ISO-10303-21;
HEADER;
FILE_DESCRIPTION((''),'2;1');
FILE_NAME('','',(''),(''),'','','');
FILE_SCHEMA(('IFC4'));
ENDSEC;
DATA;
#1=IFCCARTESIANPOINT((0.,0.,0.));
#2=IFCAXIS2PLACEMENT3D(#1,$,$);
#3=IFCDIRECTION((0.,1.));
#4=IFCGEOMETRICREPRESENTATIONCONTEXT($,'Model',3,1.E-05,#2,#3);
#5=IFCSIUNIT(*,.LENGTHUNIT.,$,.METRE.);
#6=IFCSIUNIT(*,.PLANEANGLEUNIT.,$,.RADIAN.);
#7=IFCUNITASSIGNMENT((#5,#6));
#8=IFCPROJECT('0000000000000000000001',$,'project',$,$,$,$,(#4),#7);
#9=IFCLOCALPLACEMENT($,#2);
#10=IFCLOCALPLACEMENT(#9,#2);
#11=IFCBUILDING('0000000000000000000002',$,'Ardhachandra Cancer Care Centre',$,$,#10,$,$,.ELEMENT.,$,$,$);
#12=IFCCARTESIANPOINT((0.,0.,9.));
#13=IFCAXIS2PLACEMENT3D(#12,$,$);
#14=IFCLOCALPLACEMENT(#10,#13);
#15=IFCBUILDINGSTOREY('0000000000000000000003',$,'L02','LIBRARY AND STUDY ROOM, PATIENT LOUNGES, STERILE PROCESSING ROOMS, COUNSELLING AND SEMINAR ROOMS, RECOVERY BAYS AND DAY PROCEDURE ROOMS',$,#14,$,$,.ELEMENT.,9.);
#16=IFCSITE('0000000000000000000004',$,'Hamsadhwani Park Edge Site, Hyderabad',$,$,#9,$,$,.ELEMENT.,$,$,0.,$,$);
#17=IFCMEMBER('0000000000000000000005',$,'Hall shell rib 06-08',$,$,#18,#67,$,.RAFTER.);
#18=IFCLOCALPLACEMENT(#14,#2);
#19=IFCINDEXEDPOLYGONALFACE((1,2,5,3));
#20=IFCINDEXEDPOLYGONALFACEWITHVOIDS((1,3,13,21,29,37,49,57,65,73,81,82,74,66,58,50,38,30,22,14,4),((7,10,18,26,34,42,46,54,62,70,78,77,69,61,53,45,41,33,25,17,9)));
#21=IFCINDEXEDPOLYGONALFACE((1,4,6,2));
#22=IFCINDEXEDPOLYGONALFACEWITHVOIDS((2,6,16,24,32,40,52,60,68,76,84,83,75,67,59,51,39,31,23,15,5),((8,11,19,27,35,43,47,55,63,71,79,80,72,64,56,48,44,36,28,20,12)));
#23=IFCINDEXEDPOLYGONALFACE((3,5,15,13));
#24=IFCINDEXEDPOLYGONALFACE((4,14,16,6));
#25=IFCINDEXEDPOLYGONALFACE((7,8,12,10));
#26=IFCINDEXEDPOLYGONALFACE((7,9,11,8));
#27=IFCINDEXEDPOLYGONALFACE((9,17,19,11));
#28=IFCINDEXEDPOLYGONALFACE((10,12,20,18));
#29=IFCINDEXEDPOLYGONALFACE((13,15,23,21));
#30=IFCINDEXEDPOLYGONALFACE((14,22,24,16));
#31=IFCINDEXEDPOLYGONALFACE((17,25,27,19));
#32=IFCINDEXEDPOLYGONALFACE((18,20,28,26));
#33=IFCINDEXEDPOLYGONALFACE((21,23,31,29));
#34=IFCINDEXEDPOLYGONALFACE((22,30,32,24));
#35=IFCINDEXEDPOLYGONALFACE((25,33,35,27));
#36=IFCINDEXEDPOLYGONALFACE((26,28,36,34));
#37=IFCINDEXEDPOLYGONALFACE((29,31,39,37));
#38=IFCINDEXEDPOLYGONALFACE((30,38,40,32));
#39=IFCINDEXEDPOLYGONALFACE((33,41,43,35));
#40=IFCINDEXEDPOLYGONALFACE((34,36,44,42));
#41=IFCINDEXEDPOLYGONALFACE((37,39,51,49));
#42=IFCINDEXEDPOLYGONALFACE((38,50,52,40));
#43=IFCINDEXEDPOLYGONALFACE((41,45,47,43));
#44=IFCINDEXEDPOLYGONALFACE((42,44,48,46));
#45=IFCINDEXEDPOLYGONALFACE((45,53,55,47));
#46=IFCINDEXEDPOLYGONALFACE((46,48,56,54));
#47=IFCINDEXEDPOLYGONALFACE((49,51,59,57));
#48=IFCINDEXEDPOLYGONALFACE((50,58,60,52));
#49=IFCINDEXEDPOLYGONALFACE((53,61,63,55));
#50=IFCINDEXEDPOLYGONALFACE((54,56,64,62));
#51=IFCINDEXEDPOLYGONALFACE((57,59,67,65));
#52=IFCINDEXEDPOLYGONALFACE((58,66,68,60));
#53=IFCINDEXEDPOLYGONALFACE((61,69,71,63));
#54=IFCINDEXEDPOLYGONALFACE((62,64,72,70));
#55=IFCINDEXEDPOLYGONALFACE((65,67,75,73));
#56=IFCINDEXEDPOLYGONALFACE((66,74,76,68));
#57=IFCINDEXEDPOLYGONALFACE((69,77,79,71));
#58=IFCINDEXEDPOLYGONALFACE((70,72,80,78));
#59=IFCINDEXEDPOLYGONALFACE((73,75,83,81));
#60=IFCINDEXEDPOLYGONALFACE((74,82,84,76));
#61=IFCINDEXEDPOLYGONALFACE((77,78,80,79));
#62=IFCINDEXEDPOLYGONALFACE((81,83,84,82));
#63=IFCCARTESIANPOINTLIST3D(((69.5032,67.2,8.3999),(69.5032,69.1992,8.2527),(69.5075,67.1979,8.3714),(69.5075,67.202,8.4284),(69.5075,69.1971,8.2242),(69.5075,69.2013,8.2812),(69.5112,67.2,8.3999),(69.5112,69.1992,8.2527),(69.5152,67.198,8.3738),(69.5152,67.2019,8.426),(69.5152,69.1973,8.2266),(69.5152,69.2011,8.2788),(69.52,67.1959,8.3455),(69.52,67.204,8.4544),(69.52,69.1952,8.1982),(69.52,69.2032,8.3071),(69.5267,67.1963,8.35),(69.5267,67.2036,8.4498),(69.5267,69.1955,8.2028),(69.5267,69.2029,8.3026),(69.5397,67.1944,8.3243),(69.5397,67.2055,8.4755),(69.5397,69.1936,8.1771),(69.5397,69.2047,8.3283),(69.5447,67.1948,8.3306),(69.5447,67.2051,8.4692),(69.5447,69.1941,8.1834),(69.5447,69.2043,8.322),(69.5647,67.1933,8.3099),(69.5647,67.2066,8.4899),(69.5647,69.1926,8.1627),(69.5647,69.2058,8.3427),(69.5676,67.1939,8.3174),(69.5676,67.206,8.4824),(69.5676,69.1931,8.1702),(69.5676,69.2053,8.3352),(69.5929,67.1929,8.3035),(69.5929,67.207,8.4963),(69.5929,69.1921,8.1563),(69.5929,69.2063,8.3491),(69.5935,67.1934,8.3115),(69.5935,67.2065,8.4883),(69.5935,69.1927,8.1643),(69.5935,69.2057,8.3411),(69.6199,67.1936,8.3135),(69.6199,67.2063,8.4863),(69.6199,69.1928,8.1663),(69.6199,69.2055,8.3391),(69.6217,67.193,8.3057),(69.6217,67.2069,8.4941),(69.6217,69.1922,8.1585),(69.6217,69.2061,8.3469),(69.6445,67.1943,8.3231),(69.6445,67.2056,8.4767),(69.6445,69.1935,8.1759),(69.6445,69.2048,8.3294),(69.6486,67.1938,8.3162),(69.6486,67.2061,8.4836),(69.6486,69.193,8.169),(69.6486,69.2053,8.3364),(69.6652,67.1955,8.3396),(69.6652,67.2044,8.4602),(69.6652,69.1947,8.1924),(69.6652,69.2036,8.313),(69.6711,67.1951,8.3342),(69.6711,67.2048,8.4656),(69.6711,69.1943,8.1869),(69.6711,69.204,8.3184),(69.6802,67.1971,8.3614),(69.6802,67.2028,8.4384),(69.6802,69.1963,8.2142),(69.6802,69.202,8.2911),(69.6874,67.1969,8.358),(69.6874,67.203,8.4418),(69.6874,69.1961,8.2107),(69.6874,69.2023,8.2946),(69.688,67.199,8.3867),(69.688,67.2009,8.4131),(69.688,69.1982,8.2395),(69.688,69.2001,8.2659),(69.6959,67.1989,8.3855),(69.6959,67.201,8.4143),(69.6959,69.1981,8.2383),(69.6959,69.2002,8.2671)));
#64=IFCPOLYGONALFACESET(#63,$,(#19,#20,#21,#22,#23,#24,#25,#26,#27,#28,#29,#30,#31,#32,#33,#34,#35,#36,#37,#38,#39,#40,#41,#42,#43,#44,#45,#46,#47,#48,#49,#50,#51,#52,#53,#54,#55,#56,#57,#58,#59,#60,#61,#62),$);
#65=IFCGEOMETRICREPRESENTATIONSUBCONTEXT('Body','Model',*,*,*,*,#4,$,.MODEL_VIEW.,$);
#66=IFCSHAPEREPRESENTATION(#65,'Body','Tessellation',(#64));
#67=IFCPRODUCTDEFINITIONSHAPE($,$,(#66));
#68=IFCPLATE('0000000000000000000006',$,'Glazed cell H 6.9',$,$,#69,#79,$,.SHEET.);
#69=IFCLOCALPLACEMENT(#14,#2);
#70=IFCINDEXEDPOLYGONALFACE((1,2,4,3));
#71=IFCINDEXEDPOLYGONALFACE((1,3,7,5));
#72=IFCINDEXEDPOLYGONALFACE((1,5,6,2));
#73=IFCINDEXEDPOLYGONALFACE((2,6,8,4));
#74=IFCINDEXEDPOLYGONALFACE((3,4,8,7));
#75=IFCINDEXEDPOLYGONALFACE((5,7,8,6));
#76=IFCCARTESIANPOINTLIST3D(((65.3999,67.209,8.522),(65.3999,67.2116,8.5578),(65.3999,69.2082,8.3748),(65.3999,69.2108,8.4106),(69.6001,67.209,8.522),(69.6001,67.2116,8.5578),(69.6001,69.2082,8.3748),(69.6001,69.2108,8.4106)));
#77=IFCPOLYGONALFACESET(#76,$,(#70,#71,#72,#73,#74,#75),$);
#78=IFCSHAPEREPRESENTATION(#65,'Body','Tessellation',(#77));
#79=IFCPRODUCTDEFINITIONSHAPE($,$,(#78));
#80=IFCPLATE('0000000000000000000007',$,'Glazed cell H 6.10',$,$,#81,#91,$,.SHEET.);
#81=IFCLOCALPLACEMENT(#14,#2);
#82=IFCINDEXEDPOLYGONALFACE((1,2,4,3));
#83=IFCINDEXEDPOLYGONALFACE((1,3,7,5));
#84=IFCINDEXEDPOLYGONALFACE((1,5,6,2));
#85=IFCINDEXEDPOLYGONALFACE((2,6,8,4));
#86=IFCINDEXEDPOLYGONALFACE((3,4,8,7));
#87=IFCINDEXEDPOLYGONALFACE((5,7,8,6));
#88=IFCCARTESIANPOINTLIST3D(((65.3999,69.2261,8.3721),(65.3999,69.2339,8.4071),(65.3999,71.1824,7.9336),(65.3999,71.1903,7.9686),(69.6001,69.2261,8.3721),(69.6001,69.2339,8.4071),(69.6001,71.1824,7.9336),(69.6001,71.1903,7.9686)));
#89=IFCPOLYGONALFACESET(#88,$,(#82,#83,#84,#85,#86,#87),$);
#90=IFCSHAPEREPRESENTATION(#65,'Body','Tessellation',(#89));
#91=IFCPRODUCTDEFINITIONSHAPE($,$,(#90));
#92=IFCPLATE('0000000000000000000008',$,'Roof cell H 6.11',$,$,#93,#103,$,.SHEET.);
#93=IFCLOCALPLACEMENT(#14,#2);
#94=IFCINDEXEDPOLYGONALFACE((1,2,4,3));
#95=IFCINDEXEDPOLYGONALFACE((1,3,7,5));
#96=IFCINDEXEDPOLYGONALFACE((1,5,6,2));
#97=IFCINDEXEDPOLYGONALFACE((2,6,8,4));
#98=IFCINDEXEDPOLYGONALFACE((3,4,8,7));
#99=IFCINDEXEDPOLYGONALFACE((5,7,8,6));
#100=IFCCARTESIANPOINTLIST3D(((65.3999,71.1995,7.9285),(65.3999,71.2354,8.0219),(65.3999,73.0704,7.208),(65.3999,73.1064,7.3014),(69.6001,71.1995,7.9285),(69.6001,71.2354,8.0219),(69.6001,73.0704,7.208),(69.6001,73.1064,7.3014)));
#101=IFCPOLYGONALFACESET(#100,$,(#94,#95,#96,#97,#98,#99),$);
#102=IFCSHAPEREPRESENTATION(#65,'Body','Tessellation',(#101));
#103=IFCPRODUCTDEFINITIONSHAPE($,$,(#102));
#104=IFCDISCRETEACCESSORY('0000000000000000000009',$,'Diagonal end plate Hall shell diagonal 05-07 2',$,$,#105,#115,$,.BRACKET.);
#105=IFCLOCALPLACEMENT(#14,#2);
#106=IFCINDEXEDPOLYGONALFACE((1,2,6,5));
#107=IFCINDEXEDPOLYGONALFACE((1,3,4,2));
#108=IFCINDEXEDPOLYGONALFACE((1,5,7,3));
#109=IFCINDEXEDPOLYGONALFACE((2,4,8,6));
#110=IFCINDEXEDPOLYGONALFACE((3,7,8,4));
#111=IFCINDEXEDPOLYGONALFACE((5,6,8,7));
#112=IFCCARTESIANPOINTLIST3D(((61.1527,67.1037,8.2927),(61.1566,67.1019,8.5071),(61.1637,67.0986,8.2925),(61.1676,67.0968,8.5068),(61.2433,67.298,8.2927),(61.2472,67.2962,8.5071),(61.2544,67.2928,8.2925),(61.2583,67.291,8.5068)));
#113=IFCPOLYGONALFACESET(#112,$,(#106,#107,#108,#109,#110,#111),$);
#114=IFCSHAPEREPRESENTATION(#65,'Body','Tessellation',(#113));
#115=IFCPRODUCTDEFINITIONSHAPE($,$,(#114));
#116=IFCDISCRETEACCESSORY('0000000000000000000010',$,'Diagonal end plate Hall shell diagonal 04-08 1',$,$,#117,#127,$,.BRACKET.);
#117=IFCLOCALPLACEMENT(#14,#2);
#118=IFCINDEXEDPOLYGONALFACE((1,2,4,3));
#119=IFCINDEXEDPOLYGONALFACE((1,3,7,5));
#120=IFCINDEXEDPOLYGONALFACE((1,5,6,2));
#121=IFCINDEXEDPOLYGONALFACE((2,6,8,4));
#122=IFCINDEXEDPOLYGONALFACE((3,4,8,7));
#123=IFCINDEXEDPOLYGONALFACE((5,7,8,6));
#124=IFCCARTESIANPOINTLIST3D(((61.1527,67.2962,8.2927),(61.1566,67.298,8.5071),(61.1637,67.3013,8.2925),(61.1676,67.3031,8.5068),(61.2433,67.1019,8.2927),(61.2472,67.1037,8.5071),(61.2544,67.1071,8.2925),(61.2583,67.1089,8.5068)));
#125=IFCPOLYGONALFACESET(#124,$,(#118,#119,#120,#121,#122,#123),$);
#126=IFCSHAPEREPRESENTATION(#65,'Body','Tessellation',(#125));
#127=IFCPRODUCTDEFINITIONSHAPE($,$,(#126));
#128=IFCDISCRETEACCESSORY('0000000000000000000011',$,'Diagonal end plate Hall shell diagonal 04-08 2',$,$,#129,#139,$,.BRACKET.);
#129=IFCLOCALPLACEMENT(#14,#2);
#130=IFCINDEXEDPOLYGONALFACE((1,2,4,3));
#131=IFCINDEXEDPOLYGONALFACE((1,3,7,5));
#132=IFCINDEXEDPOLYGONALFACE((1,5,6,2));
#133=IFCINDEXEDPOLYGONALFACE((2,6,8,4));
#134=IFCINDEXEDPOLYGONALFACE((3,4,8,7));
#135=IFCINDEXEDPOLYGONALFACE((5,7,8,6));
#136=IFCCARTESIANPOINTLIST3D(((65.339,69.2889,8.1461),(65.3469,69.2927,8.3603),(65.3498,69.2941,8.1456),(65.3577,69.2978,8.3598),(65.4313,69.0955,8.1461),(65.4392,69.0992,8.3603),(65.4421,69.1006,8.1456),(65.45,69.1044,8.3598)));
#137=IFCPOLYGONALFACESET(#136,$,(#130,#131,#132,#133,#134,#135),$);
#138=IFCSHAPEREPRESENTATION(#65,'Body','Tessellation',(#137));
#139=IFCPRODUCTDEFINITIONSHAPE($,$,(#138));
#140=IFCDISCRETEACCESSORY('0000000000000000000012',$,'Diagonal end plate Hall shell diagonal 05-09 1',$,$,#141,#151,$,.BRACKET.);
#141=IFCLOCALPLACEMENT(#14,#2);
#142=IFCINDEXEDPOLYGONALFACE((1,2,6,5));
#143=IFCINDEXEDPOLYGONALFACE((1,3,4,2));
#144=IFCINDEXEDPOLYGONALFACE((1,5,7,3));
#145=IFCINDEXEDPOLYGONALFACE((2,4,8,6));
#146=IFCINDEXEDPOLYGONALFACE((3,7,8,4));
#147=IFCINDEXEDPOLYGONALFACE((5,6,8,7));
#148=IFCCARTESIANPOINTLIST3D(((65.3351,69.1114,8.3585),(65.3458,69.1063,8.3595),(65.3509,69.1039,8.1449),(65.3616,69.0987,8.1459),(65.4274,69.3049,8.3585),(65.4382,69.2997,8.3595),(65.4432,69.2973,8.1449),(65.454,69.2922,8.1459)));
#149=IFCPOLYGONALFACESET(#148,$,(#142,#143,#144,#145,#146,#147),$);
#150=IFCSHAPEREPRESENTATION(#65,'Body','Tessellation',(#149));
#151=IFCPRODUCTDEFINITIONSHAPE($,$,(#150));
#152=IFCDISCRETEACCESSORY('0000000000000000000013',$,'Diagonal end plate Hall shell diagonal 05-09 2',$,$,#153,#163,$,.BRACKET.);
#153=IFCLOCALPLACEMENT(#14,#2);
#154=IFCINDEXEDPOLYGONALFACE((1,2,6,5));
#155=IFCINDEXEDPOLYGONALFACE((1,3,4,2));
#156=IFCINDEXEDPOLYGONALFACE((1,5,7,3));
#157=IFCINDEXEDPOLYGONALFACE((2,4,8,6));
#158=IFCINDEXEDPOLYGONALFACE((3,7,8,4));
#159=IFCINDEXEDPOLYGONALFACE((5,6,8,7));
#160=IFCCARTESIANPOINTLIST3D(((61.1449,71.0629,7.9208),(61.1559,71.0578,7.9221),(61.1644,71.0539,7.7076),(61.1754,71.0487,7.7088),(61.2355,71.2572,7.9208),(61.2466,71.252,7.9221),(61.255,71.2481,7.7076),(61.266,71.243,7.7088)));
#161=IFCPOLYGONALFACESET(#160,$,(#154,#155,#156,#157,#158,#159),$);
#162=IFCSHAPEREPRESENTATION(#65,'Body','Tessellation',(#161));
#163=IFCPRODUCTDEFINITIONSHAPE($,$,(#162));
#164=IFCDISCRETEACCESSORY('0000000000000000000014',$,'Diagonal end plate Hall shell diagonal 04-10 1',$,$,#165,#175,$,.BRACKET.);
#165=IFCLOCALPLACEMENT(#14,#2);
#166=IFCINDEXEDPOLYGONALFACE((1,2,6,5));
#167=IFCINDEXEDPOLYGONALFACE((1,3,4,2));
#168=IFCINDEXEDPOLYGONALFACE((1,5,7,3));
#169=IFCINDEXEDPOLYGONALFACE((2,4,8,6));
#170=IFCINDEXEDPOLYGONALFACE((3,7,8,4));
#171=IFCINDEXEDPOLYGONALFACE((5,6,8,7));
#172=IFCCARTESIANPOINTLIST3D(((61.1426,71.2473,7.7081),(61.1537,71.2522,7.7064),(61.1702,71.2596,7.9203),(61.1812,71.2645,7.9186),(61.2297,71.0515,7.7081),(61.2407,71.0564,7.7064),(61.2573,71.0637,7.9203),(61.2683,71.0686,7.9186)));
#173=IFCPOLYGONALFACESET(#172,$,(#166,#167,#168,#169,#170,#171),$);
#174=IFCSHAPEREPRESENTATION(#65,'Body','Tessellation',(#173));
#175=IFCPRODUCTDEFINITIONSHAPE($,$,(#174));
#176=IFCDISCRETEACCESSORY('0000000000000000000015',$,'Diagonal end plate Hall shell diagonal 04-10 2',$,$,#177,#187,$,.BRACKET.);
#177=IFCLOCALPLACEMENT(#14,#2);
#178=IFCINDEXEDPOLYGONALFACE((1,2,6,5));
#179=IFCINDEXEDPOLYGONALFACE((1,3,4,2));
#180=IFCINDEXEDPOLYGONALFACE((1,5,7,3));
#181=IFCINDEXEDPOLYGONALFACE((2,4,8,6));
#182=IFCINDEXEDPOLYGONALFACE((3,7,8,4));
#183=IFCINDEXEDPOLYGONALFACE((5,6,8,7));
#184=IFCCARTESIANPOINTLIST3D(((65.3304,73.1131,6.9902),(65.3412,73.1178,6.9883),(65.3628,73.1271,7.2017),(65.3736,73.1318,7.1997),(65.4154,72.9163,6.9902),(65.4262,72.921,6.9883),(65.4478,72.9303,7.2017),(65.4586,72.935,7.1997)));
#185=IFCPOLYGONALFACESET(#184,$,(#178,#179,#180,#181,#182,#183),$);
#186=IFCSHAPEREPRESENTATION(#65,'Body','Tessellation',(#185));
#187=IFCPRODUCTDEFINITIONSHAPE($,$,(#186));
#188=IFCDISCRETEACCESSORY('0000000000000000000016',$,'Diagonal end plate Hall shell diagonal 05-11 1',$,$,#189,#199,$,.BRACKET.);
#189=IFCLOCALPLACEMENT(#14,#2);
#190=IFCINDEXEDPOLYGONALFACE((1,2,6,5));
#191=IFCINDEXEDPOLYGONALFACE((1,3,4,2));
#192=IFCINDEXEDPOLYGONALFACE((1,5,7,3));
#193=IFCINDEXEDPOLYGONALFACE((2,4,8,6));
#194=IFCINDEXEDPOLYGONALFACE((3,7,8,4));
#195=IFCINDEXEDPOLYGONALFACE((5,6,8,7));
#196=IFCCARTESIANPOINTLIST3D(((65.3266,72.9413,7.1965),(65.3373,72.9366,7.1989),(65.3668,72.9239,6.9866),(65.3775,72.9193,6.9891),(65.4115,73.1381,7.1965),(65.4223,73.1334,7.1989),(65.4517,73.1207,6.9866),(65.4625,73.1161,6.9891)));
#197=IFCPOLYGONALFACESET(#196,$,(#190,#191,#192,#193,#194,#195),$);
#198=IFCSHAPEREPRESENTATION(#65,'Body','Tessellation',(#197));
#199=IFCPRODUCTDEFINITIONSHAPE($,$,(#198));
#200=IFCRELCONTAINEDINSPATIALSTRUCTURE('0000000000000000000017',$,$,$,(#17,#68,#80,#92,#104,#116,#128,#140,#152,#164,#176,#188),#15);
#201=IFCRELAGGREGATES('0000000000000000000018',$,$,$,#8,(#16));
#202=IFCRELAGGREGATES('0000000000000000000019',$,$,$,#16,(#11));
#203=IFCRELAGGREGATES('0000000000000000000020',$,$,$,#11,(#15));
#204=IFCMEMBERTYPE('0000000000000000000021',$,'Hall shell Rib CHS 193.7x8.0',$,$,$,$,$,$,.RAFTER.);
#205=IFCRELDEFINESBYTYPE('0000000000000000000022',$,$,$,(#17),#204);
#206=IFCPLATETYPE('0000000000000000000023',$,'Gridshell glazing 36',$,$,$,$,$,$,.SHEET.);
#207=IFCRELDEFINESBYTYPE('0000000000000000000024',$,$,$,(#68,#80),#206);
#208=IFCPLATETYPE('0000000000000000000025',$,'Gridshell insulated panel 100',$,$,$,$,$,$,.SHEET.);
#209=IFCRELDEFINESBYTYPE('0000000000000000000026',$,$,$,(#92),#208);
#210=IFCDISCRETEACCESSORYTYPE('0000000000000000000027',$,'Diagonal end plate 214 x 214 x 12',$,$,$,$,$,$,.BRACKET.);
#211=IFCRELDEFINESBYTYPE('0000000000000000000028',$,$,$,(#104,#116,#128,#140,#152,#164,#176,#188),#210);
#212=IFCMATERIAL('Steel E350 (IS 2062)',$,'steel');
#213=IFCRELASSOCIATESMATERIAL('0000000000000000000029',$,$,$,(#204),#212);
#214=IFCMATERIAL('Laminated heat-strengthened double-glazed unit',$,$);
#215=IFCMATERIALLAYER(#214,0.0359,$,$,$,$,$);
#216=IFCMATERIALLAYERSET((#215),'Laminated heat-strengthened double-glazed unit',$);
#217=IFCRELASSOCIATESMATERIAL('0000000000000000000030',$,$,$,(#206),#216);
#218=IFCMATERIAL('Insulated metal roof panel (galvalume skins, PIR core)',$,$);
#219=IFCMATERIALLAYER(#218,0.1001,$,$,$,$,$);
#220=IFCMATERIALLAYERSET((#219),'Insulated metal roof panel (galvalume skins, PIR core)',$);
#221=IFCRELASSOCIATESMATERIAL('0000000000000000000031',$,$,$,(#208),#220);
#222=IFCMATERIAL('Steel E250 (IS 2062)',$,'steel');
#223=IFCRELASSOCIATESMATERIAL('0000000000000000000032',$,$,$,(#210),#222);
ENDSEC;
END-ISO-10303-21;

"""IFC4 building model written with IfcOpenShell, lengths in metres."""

from ifc_helpers import new_model, si_unit, direction, frame, origin, origin_2d, place, context, subcontext, project, spatial, polyline, rectangle, hollow_circle, outline, extrude, material, layer, layer_set, material_profile, profile_set, type_object, element, save


model = new_model("IFC4")

# Units and contexts
model_context = context("Model", 3, precision=1e-05, world=origin(), true_north=direction((0.0, 1.0)))
body_context = subcontext(model_context, "Body", "Model", "MODEL_VIEW")
ifc_project = project(units=[si_unit("LENGTHUNIT", "METRE"), si_unit("PLANEANGLEUNIT", "RADIAN")], contexts=[model_context])

# Site, building, storey
site_placement = place(None, origin())
site = spatial("IfcSite", under=ifc_project, at=site_placement, Name="Hamsadhwani Park Edge Site, Hyderabad", CompositionType="ELEMENT", RefElevation=0.0)
building_placement = place(site_placement, origin())
building = spatial("IfcBuilding", under=site, at=building_placement, Name="Ardhachandra Cancer Care Centre", CompositionType="ELEMENT")
storey_placement = place(building_placement, frame((0.0, 0.0, 9.0)))
storey = spatial("IfcBuildingStorey", under=building, at=storey_placement, Name="L02", Description="LIBRARY AND STUDY ROOM, PATIENT LOUNGES, STERILE PROCESSING ROOMS, COUNSELLING AND SEMINAR ROOMS, RECOVERY BAYS AND DAY PROCEDURE ROOMS", CompositionType="ELEMENT", Elevation=9.0)

# Member
ifc_material_1 = material(Name="Steel E350 (IS 2062)", Category="steel")
ifc_material_profile_1 = material_profile(ifc_material_1, hollow_circle(Radius=0.0969, WallThickness=0.0081, at=origin_2d()), Name="CHS 193.7x8.0")
ifc_profile_set_1 = profile_set([ifc_material_profile_1], Name="Steel E350 (IS 2062)")
member_type_1 = type_object("IfcMemberType", Name="Hall shell Rib CHS 193.7x8.0", PredefinedType="RAFTER", material=ifc_profile_set_1)
member_1_placement = place(storey_placement, frame((69.6001, 67.2, 8.3999), z_axis=(0.0, 0.9973, -0.073437), x_axis=(-1.0, 0.0, 0.0)))
element("IfcMember", 1, at=member_1_placement, inside=storey, type_object=member_type_1, Name="Hall shell rib 06-08", PredefinedType="RAFTER", context=body_context, shape_type="SweptSolid", body=[
    extrude(hollow_circle(Radius=0.0969, WallThickness=0.0081, at=origin_2d()), origin(), (0.0, 0.0, 1.0), 2.0046),
])

# Plates
ifc_material_2 = material(Name="Laminated heat-strengthened double-glazed unit")
ifc_layer_1 = layer(ifc_material_2, 0.0359)
ifc_layer_set_1 = layer_set([ifc_layer_1], Name="Laminated heat-strengthened double-glazed unit")
plate_type_1 = type_object("IfcPlateType", Name="Gridshell glazing 36", PredefinedType="SHEET", material=ifc_layer_set_1)
plate_1_placement = place(storey_placement, frame((65.3999, 67.209, 8.522), z_axis=(0.0, 0.073437, 0.9973), x_axis=(1.0, 0.0, 0.0)))
element("IfcPlate", 2, at=plate_1_placement, inside=storey, type_object=plate_type_1, Name="Glazed cell H 6.9", PredefinedType="SHEET", context=body_context, shape_type="SweptSolid", body=[
    extrude(outline(polyline([(0.0, 0.0), (4.2002, 0.0), (4.2002, 2.0046), (0.0, 2.0046), (0.0, 0.0)])), origin(), (0.0, 0.0, 1.0), 0.0359),
])
plate_2_placement = place(storey_placement, frame((65.3999, 69.2261, 8.3721), z_axis=(0.0, 0.218709, 0.97579), x_axis=(1.0, 0.0, 0.0)))
element("IfcPlate", 3, at=plate_2_placement, inside=storey, type_object=plate_type_1, Name="Glazed cell H 6.10", PredefinedType="SHEET", context=body_context, shape_type="SweptSolid", body=[
    extrude(outline(polyline([(0.0, 0.0), (4.2002, 0.0), (4.2002, 2.0049), (0.0, 2.0049), (0.0, 0.0)])), origin(), (0.0, 0.0, 1.0), 0.0359),
])
ifc_material_3 = material(Name="Insulated metal roof panel (galvalume skins, PIR core)")
ifc_layer_2 = layer(ifc_material_3, 0.1001)
ifc_layer_set_2 = layer_set([ifc_layer_2], Name="Insulated metal roof panel (galvalume skins, PIR core)")
plate_type_2 = type_object("IfcPlateType", Name="Gridshell insulated panel 100", PredefinedType="SHEET", material=ifc_layer_set_2)
plate_3_placement = place(storey_placement, frame((65.3999, 71.1995, 7.9285), z_axis=(0.0, 0.359371, 0.933195), x_axis=(1.0, 0.0, 0.0)))
element("IfcPlate", 4, at=plate_3_placement, inside=storey, type_object=plate_type_2, Name="Roof cell H 6.11", PredefinedType="SHEET", context=body_context, shape_type="SweptSolid", body=[
    extrude(outline(polyline([(0.0, 0.0), (4.2002, 0.0), (4.2002, 2.0049), (0.0, 2.0049), (0.0, 0.0)])), origin(), (0.0, 0.0, 1.0), 0.1001),
])

# Discrete accessories
ifc_material_4 = material(Name="Steel E250 (IS 2062)", Category="steel")
ifc_material_profile_2 = material_profile(ifc_material_4, rectangle(XDim=0.2144, YDim=0.2144, at=origin_2d()), Name="PL 214x214x12")
ifc_profile_set_2 = profile_set([ifc_material_profile_2], Name="Steel E250 (IS 2062)")
discrete_accessory_type = type_object("IfcDiscreteAccessoryType", Name="Diagonal end plate 214 x 214 x 12", PredefinedType="BRACKET", material=ifc_profile_set_2)
for number, where, z_axis, x_axis, name in (
    (5, (61.2, 67.2, 8.3999), (0.905999, -0.4228, -0.020133), (0.422885, 0.906183, 0.0), "Diagonal end plate Hall shell diagonal 05-07 2"),
    (6, (61.2, 67.2, 8.3999), (0.905999, 0.4228, -0.020133), (-0.422885, 0.906183, 0.0), "Diagonal end plate Hall shell diagonal 04-08 1"),
):
    element("IfcDiscreteAccessory", number, at=place(storey_placement, frame(where, z_axis=z_axis, x_axis=x_axis)), inside=storey, type_object=discrete_accessory_type, Name=name, PredefinedType="BRACKET", context=body_context, shape_type="SweptSolid", body=[
        extrude(rectangle(XDim=0.2144, YDim=0.2144, at=origin_2d()), origin(), (0.0, 0.0, 1.0), 0.0122),
    ])
for number, where, z_axis, x_axis, name in (
    (7, (65.3999, 69.1992, 8.2527), (-0.901723, -0.430368, 0.040987), (0.43073, -0.902481, 0.0), "Diagonal end plate Hall shell diagonal 04-08 2"),
    (8, (65.3999, 69.1992, 8.2527), (-0.899459, 0.429287, -0.081769), (-0.43073, -0.902481, 0.0), "Diagonal end plate Hall shell diagonal 05-09 1"),
):
    element("IfcDiscreteAccessory", number, at=place(storey_placement, frame(where, z_axis=z_axis, x_axis=x_axis)), inside=storey, type_object=discrete_accessory_type, Name=name, PredefinedType="BRACKET", context=body_context, shape_type="SweptSolid", body=[
        extrude(rectangle(XDim=0.2144, YDim=0.2144, at=origin_2d()), origin(), (0.0, 0.0, 1.0), 0.012),
    ])
for number, where, z_axis, x_axis, name in (
    (9, (61.2, 71.1555, 7.8142), (0.901624, -0.420758, 0.10018), (0.422885, 0.906183, 0.0), "Diagonal end plate Hall shell diagonal 05-09 2"),
    (10, (61.2, 71.1555, 7.8142), (0.904717, 0.402096, -0.140734), (-0.406138, 0.913812, 0.0), "Diagonal end plate Hall shell diagonal 04-10 1"),
):
    element("IfcDiscreteAccessory", number, at=place(storey_placement, frame(where, z_axis=z_axis, x_axis=x_axis)), inside=storey, type_object=discrete_accessory_type, Name=name, PredefinedType="BRACKET", context=body_context, shape_type="SweptSolid", body=[
        extrude(rectangle(XDim=0.2144, YDim=0.2144, at=origin_2d()), origin(), (0.0, 0.0, 1.0), 0.0122),
    ])
for number, where, z_axis, x_axis, name in (
    (11, (65.3999, 73.0264, 7.094), (-0.905534, -0.391026, 0.164643), (0.396436, -0.918062, 0.0), "Diagonal end plate Hall shell diagonal 04-10 2"),
    (12, (65.3999, 73.0264, 7.094), (-0.898708, 0.388079, -0.204252), (-0.396436, -0.918062, 0.0), "Diagonal end plate Hall shell diagonal 05-11 1"),
):
    element("IfcDiscreteAccessory", number, at=place(storey_placement, frame(where, z_axis=z_axis, x_axis=x_axis)), inside=storey, type_object=discrete_accessory_type, Name=name, PredefinedType="BRACKET", context=body_context, shape_type="SweptSolid", body=[
        extrude(rectangle(XDim=0.2144, YDim=0.2144, at=origin_2d()), origin(), (0.0, 0.0, 1.0), 0.012),
    ])

save(model, "model.ifc")
